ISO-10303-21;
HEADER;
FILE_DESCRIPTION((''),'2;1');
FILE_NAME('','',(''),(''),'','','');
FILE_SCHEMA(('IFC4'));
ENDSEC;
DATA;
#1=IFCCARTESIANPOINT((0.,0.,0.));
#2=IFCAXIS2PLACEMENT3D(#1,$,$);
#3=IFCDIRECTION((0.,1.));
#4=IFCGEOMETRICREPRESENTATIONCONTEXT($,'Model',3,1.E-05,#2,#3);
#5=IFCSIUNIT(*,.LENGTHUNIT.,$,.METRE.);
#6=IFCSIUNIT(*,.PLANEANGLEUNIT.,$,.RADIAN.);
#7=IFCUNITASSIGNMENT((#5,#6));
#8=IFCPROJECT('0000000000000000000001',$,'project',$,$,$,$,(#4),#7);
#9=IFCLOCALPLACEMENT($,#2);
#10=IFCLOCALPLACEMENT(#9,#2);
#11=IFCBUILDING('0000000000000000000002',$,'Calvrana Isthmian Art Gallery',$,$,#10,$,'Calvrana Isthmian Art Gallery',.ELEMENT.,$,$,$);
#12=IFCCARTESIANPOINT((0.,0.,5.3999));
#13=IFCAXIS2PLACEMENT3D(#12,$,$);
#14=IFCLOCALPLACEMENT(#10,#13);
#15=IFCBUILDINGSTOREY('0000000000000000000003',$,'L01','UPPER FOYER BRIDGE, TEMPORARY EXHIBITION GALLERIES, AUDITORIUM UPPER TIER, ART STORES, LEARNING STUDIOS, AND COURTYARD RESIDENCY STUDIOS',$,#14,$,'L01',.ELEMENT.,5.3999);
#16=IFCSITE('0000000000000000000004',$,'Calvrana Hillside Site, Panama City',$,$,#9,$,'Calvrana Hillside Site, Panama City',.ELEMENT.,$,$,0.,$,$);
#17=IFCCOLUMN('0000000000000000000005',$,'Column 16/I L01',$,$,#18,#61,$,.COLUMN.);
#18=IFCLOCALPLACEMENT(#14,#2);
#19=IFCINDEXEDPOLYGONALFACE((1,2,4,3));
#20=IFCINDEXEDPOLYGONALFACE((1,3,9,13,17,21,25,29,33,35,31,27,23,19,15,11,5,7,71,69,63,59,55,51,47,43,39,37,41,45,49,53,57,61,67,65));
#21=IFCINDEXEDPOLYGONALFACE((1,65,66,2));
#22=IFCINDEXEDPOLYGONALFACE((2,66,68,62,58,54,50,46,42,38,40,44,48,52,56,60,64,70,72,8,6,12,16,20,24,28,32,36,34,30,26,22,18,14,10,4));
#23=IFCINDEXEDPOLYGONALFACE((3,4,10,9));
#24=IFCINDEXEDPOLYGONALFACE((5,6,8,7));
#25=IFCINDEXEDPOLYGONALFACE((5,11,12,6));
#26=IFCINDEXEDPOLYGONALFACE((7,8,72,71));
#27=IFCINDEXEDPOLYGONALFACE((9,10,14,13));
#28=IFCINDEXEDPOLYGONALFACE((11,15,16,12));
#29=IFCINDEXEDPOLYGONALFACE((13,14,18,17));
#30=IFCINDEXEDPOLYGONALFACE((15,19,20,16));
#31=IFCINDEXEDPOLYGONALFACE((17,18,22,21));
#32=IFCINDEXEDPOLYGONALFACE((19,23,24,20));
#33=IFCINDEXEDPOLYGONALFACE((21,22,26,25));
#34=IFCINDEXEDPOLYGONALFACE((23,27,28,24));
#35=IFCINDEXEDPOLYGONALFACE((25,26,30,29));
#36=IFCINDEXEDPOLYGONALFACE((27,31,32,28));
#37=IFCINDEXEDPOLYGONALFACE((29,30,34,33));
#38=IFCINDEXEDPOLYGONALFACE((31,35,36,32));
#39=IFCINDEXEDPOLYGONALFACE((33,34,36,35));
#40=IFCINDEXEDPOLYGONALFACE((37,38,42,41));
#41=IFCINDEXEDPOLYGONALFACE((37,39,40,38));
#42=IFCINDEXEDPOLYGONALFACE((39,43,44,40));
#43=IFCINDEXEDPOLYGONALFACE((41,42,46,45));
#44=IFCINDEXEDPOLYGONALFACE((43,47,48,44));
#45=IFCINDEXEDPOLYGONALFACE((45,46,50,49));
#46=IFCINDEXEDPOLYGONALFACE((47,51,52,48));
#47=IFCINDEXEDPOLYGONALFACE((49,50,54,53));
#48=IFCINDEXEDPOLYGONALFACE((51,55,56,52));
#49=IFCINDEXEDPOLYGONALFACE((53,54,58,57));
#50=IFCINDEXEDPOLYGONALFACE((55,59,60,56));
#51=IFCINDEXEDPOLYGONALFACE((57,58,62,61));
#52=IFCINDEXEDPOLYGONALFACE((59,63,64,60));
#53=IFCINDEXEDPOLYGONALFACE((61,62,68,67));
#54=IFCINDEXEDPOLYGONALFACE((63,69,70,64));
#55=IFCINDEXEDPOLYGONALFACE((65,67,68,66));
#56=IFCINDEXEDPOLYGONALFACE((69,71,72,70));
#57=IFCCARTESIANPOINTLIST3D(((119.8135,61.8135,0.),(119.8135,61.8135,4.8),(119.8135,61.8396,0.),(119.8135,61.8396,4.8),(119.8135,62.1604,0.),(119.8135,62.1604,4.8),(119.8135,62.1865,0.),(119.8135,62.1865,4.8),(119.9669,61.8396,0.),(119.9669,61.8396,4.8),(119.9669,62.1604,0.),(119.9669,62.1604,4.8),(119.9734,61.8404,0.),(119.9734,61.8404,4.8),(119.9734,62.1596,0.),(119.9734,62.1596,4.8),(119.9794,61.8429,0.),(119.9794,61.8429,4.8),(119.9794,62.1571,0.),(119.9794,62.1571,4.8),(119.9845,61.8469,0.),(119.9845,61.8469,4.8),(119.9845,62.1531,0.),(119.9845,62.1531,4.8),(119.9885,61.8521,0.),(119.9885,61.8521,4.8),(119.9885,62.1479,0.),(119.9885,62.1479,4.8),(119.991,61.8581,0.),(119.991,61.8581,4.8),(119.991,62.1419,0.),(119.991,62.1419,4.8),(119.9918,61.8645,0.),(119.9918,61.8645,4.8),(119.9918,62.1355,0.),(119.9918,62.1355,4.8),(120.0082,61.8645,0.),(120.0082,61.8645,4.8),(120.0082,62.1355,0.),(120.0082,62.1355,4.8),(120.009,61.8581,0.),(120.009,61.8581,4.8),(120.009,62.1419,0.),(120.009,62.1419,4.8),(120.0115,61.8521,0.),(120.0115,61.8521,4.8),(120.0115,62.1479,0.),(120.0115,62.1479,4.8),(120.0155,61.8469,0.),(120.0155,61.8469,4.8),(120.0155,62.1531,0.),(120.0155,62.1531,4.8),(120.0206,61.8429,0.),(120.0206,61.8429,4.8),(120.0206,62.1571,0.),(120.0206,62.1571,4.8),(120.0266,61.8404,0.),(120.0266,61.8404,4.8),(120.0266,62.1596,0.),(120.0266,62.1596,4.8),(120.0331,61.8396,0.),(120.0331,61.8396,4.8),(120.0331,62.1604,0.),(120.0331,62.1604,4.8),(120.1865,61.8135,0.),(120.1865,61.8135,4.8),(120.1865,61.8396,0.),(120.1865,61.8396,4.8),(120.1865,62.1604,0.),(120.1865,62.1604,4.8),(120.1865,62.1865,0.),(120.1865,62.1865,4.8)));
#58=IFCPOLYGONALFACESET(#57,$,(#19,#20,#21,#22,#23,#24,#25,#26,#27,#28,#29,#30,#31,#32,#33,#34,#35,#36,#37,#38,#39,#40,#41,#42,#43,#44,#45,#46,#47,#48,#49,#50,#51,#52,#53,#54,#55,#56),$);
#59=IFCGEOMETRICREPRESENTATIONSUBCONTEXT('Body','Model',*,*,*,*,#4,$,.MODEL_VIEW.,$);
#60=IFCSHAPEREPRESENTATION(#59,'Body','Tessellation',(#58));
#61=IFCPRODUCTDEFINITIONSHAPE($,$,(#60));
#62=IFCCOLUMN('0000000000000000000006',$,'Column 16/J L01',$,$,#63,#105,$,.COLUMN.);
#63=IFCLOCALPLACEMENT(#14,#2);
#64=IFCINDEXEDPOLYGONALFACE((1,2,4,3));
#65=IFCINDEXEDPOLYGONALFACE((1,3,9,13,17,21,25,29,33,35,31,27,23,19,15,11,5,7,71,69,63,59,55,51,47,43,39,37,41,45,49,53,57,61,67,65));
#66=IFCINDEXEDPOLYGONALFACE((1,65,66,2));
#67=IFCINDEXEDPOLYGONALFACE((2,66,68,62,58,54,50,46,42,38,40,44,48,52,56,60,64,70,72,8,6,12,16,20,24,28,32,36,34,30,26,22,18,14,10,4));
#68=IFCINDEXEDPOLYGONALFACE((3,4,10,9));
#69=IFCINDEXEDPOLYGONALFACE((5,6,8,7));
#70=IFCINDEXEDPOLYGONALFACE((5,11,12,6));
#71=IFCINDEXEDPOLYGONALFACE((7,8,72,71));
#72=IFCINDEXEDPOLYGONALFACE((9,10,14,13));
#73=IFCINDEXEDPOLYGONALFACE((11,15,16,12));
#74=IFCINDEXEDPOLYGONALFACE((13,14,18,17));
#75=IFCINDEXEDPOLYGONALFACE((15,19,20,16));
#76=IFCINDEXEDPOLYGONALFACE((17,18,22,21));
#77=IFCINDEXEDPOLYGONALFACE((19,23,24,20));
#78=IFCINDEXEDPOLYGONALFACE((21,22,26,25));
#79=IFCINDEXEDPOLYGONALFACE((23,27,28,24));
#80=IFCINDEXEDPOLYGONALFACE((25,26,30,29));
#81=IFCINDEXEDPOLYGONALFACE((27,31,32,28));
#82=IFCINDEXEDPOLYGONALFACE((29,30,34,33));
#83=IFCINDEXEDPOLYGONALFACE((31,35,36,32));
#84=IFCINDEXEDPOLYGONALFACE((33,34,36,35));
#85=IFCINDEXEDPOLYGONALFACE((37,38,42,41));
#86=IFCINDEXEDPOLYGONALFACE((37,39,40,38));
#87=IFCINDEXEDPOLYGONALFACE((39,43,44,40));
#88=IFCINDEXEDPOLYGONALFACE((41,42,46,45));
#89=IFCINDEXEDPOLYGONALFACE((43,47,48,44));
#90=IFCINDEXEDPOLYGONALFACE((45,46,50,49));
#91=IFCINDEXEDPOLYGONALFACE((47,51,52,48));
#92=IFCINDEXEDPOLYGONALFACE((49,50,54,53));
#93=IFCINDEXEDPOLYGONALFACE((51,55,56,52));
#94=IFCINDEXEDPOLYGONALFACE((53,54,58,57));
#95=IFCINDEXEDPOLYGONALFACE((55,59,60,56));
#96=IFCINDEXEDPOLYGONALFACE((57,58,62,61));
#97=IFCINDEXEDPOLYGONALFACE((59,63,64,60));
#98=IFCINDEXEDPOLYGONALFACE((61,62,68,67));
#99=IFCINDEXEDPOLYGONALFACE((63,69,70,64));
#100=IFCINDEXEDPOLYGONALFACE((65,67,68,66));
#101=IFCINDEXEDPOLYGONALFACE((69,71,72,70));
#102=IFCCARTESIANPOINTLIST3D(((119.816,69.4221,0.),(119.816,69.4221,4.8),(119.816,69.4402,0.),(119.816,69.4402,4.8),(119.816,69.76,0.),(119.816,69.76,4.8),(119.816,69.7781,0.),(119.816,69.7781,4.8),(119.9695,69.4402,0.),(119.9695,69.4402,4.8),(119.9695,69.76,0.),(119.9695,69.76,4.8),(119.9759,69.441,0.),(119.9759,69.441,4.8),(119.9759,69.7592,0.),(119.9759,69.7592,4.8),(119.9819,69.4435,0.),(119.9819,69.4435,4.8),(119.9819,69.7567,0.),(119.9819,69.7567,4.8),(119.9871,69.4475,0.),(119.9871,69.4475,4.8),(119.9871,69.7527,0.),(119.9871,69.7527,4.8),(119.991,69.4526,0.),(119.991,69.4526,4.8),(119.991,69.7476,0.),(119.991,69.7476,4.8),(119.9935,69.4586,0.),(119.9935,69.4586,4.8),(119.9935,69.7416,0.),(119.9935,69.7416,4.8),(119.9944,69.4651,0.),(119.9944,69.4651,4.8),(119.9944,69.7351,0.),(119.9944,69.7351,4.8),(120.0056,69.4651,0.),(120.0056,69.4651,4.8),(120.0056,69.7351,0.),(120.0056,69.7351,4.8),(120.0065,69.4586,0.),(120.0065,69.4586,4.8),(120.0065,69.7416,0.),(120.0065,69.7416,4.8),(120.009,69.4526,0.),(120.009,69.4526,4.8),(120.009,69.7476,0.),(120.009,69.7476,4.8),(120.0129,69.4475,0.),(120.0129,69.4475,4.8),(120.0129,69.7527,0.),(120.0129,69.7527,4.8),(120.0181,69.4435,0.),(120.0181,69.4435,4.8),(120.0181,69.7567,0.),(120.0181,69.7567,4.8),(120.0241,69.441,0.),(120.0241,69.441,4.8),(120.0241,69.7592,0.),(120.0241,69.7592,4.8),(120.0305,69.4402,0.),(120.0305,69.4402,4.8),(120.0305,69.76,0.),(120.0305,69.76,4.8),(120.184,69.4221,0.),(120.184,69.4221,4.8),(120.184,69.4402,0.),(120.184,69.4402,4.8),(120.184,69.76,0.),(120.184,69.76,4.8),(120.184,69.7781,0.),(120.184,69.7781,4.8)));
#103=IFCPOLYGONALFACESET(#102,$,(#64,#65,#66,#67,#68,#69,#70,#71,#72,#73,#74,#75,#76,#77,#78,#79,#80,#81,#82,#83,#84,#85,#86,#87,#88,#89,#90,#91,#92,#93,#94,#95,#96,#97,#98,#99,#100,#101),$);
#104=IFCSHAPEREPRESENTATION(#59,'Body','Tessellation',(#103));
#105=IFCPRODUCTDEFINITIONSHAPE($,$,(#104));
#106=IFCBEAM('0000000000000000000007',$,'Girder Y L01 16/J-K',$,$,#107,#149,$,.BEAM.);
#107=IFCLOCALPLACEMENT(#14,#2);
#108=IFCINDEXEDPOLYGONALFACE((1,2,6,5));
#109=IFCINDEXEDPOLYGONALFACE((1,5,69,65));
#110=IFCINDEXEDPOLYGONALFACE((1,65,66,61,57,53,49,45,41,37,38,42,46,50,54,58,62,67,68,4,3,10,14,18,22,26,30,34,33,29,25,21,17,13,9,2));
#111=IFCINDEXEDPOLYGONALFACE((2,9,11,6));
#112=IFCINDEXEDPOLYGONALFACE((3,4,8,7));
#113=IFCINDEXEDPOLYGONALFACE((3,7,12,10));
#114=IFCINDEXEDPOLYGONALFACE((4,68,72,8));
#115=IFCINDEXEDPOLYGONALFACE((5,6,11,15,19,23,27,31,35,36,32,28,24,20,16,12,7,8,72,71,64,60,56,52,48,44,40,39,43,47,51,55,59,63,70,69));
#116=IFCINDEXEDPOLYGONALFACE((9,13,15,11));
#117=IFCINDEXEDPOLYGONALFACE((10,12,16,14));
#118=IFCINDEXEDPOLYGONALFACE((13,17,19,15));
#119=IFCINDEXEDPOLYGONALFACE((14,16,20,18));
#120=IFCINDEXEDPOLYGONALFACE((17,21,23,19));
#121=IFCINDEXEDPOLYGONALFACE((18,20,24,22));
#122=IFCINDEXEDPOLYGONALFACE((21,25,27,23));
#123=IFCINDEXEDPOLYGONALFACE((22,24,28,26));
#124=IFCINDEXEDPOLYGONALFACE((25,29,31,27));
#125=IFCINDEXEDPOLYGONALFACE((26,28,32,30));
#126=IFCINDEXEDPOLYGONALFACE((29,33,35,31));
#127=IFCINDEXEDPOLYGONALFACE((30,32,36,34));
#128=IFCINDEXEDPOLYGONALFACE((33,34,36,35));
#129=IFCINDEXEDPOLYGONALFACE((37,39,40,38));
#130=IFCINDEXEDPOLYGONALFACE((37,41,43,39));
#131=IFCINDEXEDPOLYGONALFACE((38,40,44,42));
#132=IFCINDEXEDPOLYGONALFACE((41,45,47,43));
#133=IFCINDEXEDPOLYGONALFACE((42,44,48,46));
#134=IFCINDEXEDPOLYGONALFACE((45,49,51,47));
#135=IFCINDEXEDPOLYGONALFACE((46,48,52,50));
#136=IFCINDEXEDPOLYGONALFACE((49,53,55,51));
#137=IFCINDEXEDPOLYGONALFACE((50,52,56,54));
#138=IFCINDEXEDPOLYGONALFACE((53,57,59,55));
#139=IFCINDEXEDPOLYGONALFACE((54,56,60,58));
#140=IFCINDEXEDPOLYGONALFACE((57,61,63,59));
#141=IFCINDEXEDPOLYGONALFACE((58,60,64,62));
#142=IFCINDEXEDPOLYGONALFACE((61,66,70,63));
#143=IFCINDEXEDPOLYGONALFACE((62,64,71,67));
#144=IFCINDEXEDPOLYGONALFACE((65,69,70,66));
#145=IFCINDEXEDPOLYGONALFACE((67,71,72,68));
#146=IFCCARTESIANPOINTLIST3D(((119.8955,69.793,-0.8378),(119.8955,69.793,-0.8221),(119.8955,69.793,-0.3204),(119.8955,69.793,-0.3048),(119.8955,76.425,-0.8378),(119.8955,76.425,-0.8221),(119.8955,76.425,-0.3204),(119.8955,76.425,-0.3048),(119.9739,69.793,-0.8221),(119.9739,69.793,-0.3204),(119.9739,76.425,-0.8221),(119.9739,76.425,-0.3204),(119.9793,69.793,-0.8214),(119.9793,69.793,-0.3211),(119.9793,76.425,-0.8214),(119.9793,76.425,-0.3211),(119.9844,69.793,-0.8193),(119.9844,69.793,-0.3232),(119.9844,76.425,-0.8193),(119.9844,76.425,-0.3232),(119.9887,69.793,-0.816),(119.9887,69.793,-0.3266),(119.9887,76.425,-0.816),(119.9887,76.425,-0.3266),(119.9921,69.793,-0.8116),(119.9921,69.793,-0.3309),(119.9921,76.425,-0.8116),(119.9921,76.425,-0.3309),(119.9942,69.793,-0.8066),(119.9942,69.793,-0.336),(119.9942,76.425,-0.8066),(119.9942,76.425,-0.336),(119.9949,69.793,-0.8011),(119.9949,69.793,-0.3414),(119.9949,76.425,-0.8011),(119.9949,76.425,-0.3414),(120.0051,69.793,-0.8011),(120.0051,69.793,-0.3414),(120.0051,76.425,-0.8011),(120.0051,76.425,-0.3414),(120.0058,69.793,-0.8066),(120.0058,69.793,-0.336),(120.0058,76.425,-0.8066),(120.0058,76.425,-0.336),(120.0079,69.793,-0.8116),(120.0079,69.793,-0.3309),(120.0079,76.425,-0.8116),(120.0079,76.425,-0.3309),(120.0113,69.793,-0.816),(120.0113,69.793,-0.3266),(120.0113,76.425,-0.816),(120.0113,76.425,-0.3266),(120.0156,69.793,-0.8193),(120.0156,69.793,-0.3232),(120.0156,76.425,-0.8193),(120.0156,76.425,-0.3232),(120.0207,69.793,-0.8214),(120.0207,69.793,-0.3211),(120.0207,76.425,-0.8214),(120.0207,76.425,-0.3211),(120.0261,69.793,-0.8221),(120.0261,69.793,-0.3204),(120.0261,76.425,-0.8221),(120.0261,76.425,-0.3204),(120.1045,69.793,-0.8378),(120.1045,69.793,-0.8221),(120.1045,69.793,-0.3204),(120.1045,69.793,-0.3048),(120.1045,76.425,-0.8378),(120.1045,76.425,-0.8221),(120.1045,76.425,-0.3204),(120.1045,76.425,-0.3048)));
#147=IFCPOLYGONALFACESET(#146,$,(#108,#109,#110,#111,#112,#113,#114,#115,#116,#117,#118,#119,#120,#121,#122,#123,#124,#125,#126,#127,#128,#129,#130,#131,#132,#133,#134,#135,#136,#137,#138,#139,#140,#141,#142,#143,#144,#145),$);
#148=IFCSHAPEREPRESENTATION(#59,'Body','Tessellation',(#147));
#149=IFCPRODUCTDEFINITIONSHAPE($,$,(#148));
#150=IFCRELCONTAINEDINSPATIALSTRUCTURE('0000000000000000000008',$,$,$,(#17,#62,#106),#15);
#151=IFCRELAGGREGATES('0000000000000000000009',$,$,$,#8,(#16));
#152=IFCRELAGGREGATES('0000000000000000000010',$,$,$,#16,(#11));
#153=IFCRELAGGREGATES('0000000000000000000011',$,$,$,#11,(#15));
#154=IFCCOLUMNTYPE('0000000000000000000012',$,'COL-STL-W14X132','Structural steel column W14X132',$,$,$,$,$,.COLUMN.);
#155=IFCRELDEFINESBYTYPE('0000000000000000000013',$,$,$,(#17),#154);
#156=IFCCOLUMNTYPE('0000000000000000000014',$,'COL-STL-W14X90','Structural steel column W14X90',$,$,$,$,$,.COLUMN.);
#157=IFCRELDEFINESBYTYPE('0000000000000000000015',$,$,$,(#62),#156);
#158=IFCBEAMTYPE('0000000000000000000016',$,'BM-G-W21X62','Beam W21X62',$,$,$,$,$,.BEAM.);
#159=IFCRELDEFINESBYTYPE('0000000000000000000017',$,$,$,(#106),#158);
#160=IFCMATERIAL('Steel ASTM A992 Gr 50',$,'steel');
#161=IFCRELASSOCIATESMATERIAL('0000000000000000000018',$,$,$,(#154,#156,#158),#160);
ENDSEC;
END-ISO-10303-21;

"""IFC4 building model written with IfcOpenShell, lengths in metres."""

from ifc_helpers import new_model, si_unit, direction, frame, origin, origin_2d, place, context, subcontext, project, spatial, i_section, extrude, material, material_profile, profile_set, type_object, element, save


model = new_model("IFC4")

# Units and contexts
model_context = context("Model", 3, precision=1e-05, world=origin(), true_north=direction((0.0, 1.0)))
body_context = subcontext(model_context, "Body", "Model", "MODEL_VIEW")
ifc_project = project(units=[si_unit("LENGTHUNIT", "METRE"), si_unit("PLANEANGLEUNIT", "RADIAN")], contexts=[model_context])

# Site, building, storey
site_placement = place(None, origin())
site = spatial("IfcSite", under=ifc_project, at=site_placement, Name="Calvrana Hillside Site, Panama City", LongName="Calvrana Hillside Site, Panama City", CompositionType="ELEMENT", RefElevation=0.0)
building_placement = place(site_placement, origin())
building = spatial("IfcBuilding", under=site, at=building_placement, Name="Calvrana Isthmian Art Gallery", LongName="Calvrana Isthmian Art Gallery", CompositionType="ELEMENT")
storey_placement = place(building_placement, frame((0.0, 0.0, 5.3999)))
storey = spatial("IfcBuildingStorey", under=building, at=storey_placement, Name="L01", Description="UPPER FOYER BRIDGE, TEMPORARY EXHIBITION GALLERIES, AUDITORIUM UPPER TIER, ART STORES, LEARNING STUDIOS, AND COURTYARD RESIDENCY STUDIOS", LongName="L01", CompositionType="ELEMENT", Elevation=5.3999)

# Columns
ifc_material_1 = material(Name="Steel ASTM A992 Gr 50", Category="steel")
ifc_material_profile_1 = material_profile(ifc_material_1, i_section(OverallWidth=0.373, OverallDepth=0.373, WebThickness=0.0164, FlangeThickness=0.0261, FilletRadius=0.0249, at=origin_2d()), Name="W14X132")
ifc_profile_set_1 = profile_set([ifc_material_profile_1], Name="Steel ASTM A992 Gr 50")
column_type_1 = type_object("IfcColumnType", Name="COL-STL-W14X132", Description="Structural steel column W14X132", PredefinedType="COLUMN", material=ifc_profile_set_1)
column_1_placement = place(storey_placement, frame((120.0, 62.0, 0.0), z_axis=(0.0, 0.0, 1.0), x_axis=(1.0, 0.0, 0.0)))
element("IfcColumn", 1, at=column_1_placement, inside=storey, type_object=column_type_1, Name="Column 16/I L01", PredefinedType="COLUMN", context=body_context, shape_type="SweptSolid", body=[
    extrude(i_section(OverallWidth=0.373, OverallDepth=0.373, WebThickness=0.0164, FlangeThickness=0.0261, FilletRadius=0.0249, at=origin_2d()), origin(), (0.0, 0.0, 1.0), 4.8),
])
ifc_material_profile_2 = material_profile(ifc_material_1, i_section(OverallWidth=0.3679, OverallDepth=0.356, WebThickness=0.0112, FlangeThickness=0.0181, FilletRadius=0.0249, at=origin_2d()), Name="W14X90")
ifc_profile_set_2 = profile_set([ifc_material_profile_2], Name="Steel ASTM A992 Gr 50")
column_type_2 = type_object("IfcColumnType", Name="COL-STL-W14X90", Description="Structural steel column W14X90", PredefinedType="COLUMN", material=ifc_profile_set_2)
column_2_placement = place(storey_placement, frame((120.0, 69.6001, 0.0), z_axis=(0.0, 0.0, 1.0), x_axis=(1.0, 0.0, 0.0)))
element("IfcColumn", 2, at=column_2_placement, inside=storey, type_object=column_type_2, Name="Column 16/J L01", PredefinedType="COLUMN", context=body_context, shape_type="SweptSolid", body=[
    extrude(i_section(OverallWidth=0.3679, OverallDepth=0.356, WebThickness=0.0112, FlangeThickness=0.0181, FilletRadius=0.0249, at=origin_2d()), origin(), (0.0, 0.0, 1.0), 4.8),
])

# Beam
ifc_material_profile_3 = material_profile(ifc_material_1, i_section(OverallWidth=0.209, OverallDepth=0.533, WebThickness=0.0103, FlangeThickness=0.0156, FilletRadius=0.021, at=origin_2d()), Name="W21X62")
ifc_profile_set_3 = profile_set([ifc_material_profile_3], Name="Steel ASTM A992 Gr 50")
beam_type_1 = type_object("IfcBeamType", Name="BM-G-W21X62", Description="Beam W21X62", PredefinedType="BEAM", material=ifc_profile_set_3)
beam_1_placement = place(storey_placement, frame((120.0, 69.793, -0.5713), z_axis=(0.0, 1.0, 0.0), x_axis=(-1.0, 0.0, 0.0)))
element("IfcBeam", 3, at=beam_1_placement, inside=storey, type_object=beam_type_1, Name="Girder Y L01 16/J-K", PredefinedType="BEAM", context=body_context, shape_type="SweptSolid", body=[
    extrude(i_section(OverallWidth=0.209, OverallDepth=0.533, WebThickness=0.0103, FlangeThickness=0.0156, FilletRadius=0.021, at=origin_2d()), origin(), (0.0, 0.0, 1.0), 6.6321),
])

save(model, "model.ifc")
